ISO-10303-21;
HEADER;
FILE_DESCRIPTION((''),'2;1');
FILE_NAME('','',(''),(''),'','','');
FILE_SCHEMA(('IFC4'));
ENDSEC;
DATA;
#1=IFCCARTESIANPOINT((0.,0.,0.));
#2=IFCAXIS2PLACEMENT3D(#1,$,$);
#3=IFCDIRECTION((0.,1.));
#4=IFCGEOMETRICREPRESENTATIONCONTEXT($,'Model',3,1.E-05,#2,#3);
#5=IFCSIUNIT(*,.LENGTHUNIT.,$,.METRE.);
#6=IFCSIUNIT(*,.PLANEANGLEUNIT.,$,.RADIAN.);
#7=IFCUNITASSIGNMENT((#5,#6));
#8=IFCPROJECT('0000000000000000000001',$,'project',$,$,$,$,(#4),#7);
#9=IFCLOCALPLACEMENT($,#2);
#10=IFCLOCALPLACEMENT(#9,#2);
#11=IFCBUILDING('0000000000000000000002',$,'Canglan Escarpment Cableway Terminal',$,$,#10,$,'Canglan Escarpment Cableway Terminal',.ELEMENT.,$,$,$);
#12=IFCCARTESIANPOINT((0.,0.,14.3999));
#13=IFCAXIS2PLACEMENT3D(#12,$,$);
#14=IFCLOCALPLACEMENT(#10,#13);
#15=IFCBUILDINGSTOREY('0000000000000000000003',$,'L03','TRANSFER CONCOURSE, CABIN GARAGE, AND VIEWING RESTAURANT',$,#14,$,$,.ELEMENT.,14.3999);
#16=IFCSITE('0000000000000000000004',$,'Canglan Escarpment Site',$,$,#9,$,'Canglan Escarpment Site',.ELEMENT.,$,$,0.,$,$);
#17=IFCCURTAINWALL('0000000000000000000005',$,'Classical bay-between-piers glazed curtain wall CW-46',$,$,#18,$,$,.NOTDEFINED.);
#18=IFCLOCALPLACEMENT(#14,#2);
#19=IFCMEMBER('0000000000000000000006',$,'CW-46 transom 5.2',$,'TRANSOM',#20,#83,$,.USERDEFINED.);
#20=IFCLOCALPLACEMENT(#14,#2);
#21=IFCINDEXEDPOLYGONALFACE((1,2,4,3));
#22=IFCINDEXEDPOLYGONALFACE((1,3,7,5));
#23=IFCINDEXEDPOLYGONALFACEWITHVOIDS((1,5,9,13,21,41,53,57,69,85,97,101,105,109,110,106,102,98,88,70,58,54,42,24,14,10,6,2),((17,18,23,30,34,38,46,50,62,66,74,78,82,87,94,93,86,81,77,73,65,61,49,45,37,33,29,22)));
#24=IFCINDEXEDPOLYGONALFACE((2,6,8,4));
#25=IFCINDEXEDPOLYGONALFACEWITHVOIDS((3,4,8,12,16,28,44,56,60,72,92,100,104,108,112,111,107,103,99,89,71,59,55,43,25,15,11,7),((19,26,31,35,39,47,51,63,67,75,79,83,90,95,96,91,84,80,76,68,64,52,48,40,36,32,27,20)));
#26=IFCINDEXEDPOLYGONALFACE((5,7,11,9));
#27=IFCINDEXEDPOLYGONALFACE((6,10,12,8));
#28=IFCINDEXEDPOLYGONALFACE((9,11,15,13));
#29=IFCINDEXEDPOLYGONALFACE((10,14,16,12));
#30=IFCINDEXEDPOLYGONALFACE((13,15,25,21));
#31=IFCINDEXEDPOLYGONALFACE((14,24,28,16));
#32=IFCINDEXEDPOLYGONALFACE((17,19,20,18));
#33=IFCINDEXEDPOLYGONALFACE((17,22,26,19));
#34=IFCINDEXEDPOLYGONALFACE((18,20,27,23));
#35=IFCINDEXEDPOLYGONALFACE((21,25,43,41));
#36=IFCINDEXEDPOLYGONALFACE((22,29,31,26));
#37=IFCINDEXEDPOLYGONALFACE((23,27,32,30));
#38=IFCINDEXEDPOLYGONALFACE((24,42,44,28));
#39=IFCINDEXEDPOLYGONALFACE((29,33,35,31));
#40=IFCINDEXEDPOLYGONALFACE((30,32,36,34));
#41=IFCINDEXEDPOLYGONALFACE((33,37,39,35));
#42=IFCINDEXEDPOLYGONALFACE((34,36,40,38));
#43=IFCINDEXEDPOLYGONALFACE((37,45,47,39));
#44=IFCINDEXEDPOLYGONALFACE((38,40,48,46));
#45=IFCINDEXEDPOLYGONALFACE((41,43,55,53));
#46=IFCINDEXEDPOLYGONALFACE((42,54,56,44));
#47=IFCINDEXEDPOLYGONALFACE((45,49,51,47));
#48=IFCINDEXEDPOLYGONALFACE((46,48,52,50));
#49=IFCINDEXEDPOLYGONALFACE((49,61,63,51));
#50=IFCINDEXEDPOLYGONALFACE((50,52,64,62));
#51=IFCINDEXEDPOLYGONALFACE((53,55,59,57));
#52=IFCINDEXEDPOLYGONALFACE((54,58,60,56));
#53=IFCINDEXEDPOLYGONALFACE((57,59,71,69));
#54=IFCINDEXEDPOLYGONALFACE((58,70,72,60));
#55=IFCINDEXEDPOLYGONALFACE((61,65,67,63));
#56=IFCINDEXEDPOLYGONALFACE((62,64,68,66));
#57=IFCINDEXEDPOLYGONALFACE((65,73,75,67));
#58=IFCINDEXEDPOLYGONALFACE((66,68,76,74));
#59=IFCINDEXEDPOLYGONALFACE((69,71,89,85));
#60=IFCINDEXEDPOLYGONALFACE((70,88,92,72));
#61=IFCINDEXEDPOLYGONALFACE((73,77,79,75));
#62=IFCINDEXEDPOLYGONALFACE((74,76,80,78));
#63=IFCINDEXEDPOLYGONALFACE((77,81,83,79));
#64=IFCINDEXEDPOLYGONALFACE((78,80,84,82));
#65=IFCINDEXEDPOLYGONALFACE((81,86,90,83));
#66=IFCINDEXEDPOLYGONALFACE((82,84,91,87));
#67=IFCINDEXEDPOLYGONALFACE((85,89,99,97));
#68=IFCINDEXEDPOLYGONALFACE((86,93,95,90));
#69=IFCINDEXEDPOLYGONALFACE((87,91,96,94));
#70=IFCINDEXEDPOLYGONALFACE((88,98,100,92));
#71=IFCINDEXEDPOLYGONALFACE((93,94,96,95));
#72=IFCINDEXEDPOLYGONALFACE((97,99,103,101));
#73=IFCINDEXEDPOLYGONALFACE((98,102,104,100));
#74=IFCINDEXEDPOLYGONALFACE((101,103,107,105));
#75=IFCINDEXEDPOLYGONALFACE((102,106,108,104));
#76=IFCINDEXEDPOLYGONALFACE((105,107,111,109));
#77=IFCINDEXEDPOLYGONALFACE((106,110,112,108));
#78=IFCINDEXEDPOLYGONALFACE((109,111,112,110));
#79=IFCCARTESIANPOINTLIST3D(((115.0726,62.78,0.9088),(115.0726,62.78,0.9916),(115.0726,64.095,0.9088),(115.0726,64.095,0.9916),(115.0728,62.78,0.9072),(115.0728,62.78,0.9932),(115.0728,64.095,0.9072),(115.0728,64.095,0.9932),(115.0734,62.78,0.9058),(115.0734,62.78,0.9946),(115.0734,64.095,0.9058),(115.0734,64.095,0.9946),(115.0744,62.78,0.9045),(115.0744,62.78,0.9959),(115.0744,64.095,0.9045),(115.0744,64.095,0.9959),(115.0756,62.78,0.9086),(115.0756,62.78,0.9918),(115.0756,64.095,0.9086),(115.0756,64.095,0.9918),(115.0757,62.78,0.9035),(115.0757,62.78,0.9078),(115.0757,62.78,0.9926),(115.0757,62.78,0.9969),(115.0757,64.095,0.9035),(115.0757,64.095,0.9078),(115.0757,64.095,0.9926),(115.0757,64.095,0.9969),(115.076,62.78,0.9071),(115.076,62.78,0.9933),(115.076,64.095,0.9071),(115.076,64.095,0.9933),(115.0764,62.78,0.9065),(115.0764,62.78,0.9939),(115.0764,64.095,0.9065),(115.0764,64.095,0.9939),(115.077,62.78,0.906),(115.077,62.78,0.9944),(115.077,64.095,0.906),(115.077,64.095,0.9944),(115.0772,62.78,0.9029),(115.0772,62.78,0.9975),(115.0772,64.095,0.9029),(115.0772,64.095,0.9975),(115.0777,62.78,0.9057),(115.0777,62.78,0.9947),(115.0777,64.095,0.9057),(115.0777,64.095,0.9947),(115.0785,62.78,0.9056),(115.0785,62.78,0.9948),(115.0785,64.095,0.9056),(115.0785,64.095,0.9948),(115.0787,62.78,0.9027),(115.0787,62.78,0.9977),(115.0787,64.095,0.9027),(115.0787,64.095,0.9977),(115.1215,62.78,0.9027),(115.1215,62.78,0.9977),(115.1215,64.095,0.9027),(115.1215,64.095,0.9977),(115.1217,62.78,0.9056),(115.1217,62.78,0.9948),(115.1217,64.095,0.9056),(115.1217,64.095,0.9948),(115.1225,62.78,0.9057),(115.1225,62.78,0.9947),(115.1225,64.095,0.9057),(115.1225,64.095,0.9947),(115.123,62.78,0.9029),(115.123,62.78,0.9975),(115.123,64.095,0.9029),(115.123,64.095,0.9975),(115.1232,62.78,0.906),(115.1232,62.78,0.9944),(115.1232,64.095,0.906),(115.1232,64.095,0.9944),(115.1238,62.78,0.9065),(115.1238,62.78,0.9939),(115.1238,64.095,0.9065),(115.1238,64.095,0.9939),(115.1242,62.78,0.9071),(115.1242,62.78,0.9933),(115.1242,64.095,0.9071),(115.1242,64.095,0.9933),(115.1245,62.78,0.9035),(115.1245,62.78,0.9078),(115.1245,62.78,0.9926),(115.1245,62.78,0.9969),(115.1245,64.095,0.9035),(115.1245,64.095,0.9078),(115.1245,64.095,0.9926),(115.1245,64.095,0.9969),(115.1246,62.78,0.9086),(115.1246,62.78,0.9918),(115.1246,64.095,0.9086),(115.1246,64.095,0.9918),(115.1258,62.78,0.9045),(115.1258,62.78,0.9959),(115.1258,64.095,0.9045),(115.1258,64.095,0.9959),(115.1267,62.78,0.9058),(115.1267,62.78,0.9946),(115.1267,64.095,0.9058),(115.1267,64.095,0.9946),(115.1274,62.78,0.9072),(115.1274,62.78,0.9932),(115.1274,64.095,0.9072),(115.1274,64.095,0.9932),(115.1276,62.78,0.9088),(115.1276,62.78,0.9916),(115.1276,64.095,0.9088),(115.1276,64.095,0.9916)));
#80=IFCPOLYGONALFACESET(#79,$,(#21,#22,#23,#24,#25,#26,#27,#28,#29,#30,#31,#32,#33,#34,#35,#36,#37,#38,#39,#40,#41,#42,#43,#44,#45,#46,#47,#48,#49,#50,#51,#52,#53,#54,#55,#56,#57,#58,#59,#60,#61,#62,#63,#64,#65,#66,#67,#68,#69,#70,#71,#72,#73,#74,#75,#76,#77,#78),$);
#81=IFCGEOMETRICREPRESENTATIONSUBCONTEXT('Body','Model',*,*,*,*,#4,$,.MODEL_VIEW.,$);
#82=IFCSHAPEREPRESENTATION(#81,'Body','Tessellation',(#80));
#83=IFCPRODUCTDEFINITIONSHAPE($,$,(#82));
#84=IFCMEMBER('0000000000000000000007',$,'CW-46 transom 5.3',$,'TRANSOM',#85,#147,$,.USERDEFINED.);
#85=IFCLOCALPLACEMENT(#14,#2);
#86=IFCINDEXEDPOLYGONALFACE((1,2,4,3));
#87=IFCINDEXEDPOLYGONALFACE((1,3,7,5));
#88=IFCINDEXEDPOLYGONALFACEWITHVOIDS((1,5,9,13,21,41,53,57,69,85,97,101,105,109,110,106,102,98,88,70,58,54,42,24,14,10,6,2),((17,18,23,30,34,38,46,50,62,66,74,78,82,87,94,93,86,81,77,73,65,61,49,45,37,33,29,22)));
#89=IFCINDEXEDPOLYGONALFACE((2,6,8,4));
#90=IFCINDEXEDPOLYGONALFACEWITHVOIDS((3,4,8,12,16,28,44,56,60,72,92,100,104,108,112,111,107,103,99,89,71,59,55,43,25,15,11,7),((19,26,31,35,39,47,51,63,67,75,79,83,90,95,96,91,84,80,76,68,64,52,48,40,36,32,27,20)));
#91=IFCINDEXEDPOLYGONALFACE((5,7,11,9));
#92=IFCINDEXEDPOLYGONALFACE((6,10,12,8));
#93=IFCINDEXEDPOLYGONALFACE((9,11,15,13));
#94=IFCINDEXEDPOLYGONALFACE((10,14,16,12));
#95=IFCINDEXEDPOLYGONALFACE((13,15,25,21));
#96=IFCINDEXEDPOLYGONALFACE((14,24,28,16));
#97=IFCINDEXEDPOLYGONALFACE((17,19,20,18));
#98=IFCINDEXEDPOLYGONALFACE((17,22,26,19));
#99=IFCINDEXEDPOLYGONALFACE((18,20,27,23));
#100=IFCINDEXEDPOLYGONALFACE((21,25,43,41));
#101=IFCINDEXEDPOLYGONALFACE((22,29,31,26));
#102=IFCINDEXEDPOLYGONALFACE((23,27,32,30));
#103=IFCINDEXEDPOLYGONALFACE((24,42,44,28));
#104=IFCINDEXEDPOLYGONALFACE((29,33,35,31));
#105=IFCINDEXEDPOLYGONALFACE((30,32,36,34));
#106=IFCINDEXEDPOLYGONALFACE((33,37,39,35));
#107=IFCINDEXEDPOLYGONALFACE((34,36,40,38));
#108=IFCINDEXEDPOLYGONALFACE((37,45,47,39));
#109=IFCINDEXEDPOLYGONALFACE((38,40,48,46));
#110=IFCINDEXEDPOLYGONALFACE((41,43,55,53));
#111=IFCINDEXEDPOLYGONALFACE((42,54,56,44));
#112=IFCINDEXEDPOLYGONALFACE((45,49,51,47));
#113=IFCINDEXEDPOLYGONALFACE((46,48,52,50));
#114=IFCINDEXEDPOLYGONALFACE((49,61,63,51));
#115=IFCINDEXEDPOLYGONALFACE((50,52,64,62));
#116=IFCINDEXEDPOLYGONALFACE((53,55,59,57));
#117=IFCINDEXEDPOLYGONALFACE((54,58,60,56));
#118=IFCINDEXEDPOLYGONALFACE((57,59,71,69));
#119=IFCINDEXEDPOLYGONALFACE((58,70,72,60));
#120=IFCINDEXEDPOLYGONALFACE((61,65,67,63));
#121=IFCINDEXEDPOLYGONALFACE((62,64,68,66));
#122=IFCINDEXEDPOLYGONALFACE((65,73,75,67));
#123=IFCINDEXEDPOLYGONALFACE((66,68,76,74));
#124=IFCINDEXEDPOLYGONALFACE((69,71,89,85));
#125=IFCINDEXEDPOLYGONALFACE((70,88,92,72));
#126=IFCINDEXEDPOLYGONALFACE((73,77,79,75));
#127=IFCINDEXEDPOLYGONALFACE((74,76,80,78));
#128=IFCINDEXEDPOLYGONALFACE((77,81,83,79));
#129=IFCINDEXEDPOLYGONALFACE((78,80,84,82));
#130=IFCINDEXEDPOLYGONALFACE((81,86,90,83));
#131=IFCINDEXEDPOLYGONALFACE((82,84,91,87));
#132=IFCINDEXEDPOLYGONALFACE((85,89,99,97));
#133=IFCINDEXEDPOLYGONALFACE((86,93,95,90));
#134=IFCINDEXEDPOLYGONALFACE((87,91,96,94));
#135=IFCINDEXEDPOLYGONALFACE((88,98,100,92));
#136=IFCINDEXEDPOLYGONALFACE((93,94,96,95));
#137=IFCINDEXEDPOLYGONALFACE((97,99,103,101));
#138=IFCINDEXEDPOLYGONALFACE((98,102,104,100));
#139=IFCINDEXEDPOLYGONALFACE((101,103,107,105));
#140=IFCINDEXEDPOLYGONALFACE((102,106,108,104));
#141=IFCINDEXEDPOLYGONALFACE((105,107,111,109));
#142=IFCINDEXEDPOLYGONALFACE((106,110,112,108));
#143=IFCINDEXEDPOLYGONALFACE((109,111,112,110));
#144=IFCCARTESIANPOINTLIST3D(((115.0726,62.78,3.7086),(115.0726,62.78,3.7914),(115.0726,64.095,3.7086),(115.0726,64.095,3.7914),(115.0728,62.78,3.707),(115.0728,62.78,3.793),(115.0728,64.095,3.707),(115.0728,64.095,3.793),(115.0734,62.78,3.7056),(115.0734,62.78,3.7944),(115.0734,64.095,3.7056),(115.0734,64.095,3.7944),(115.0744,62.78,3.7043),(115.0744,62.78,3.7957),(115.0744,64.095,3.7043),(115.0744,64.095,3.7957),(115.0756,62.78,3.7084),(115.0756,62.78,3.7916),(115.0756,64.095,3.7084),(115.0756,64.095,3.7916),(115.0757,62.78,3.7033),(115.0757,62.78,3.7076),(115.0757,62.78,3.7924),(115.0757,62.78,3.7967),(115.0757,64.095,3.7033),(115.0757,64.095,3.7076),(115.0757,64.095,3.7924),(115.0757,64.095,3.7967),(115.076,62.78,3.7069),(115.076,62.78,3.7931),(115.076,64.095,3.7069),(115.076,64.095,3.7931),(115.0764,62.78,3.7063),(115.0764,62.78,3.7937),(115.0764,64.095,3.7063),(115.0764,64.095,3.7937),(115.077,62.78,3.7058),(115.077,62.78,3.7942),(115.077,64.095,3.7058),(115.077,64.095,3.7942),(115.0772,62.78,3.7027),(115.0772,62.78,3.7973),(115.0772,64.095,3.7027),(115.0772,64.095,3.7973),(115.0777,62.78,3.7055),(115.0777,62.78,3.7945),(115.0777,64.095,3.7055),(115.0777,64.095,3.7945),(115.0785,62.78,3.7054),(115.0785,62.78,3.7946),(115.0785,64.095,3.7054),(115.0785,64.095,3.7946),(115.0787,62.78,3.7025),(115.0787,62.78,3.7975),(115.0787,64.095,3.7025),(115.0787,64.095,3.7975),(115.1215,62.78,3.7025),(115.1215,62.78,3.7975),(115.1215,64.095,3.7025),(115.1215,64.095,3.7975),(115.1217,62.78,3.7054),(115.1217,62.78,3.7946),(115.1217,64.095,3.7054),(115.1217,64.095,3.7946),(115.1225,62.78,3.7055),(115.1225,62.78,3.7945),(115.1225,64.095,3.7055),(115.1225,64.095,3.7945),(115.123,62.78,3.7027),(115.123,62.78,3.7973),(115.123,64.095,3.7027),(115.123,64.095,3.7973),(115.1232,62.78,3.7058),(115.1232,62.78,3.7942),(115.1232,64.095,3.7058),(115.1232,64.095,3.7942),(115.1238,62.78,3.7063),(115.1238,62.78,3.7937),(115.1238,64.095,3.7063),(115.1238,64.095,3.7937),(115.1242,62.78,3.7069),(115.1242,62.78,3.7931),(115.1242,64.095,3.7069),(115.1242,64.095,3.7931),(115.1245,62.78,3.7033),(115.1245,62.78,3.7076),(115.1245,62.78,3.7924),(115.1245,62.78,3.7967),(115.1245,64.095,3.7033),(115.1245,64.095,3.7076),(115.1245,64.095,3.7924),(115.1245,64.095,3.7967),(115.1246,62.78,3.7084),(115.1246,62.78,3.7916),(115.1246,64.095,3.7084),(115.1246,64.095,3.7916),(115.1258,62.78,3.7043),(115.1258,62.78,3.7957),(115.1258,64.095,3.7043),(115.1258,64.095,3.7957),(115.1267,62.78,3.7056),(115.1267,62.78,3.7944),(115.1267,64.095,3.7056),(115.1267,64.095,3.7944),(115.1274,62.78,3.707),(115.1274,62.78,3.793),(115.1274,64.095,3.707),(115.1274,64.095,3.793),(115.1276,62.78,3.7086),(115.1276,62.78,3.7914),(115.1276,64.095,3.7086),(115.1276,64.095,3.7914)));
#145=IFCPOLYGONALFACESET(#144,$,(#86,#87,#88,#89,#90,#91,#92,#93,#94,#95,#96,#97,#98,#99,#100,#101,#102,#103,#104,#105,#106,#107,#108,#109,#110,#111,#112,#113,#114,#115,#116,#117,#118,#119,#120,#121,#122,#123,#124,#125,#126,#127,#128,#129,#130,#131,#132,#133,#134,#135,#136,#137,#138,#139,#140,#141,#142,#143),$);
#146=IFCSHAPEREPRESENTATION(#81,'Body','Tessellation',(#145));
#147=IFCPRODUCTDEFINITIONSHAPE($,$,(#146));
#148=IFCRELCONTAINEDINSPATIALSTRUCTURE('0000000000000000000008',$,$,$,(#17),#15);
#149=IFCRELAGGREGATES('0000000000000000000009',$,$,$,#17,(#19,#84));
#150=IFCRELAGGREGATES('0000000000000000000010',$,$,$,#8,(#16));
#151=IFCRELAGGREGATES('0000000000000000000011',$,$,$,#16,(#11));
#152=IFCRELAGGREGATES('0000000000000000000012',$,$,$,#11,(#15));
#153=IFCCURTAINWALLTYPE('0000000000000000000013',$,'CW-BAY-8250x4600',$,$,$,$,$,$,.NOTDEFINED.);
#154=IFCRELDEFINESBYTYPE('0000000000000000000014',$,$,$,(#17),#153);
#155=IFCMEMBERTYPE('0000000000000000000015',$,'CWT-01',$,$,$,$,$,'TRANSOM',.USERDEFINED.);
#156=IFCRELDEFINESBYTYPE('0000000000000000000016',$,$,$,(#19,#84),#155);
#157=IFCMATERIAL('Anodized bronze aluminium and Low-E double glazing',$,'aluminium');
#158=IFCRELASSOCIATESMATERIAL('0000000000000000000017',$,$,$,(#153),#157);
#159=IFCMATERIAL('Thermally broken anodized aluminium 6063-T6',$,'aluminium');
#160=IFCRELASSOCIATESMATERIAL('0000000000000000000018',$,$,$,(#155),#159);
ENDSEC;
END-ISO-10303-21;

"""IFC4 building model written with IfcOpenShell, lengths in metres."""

from ifc_helpers import new_model, si_unit, direction, frame, origin, origin_2d, place, context, subcontext, project, spatial, hollow_rectangle, extrude, material, material_profile, profile_set, type_object, element, aggregate, save


model = new_model("IFC4")

# Units and contexts
model_context = context("Model", 3, precision=1e-05, world=origin(), true_north=direction((0.0, 1.0)))
body_context = subcontext(model_context, "Body", "Model", "MODEL_VIEW")
ifc_project = project(units=[si_unit("LENGTHUNIT", "METRE"), si_unit("PLANEANGLEUNIT", "RADIAN")], contexts=[model_context])

# Site, building, storey
site_placement = place(None, origin())
site = spatial("IfcSite", under=ifc_project, at=site_placement, Name="Canglan Escarpment Site", LongName="Canglan Escarpment Site", CompositionType="ELEMENT", RefElevation=0.0)
building_placement = place(site_placement, origin())
building = spatial("IfcBuilding", under=site, at=building_placement, Name="Canglan Escarpment Cableway Terminal", LongName="Canglan Escarpment Cableway Terminal", CompositionType="ELEMENT")
storey_placement = place(building_placement, frame((0.0, 0.0, 14.3999)))
storey = spatial("IfcBuildingStorey", under=building, at=storey_placement, Name="L03", Description="TRANSFER CONCOURSE, CABIN GARAGE, AND VIEWING RESTAURANT", CompositionType="ELEMENT", Elevation=14.3999)

# Curtain wall, members
ifc_material_1 = material(Name="Anodized bronze aluminium and Low-E double glazing", Category="aluminium")
curtain_wall_type = type_object("IfcCurtainWallType", Name="CW-BAY-8250x4600", PredefinedType="NOTDEFINED", material=ifc_material_1)
curtain_wall_placement = place(storey_placement, origin())
curtain_wall = element("IfcCurtainWall", 1, at=curtain_wall_placement, inside=storey, type_object=curtain_wall_type, Name="Classical bay-between-piers glazed curtain wall CW-46", PredefinedType="NOTDEFINED")
ifc_material_2 = material(Name="Thermally broken anodized aluminium 6063-T6", Category="aluminium")
ifc_material_profile_1 = material_profile(ifc_material_2, hollow_rectangle(XDim=0.0549, YDim=0.095, WallThickness=0.0029, InnerFilletRadius=0.0029, OuterFilletRadius=0.0061, at=origin_2d()), Name="ALU-TRAN 55x95x3")
ifc_profile_set_1 = profile_set([ifc_material_profile_1], Name="Thermally broken anodized aluminium 6063-T6")
member_type_1 = type_object("IfcMemberType", Name="CWT-01", ElementType="TRANSOM", PredefinedType="USERDEFINED", material=ifc_profile_set_1)
member_1_placement = place(storey_placement, frame((115.1001, 64.095, 0.9502), z_axis=(0.0, -1.0, 0.0), x_axis=(1.0, 0.0, 0.0)))
member_1 = element("IfcMember", 2, at=member_1_placement, type_object=member_type_1, Name="CW-46 transom 5.2", ObjectType="TRANSOM", PredefinedType="USERDEFINED", context=body_context, shape_type="SweptSolid", body=[
    extrude(hollow_rectangle(XDim=0.0549, YDim=0.095, WallThickness=0.0029, InnerFilletRadius=0.0029, OuterFilletRadius=0.0061, at=origin_2d()), origin(), (0.0, 0.0, 1.0), 1.3149),
])
member_2_placement = place(storey_placement, frame((115.1001, 64.095, 3.75), z_axis=(0.0, -1.0, 0.0), x_axis=(1.0, 0.0, 0.0)))
member_2 = element("IfcMember", 3, at=member_2_placement, type_object=member_type_1, Name="CW-46 transom 5.3", ObjectType="TRANSOM", PredefinedType="USERDEFINED", context=body_context, shape_type="SweptSolid", body=[
    extrude(hollow_rectangle(XDim=0.0549, YDim=0.095, WallThickness=0.0029, InnerFilletRadius=0.0029, OuterFilletRadius=0.0061, at=origin_2d()), origin(), (0.0, 0.0, 1.0), 1.3149),
])
aggregate(curtain_wall, [member_1, member_2])

save(model, "model.ifc")
